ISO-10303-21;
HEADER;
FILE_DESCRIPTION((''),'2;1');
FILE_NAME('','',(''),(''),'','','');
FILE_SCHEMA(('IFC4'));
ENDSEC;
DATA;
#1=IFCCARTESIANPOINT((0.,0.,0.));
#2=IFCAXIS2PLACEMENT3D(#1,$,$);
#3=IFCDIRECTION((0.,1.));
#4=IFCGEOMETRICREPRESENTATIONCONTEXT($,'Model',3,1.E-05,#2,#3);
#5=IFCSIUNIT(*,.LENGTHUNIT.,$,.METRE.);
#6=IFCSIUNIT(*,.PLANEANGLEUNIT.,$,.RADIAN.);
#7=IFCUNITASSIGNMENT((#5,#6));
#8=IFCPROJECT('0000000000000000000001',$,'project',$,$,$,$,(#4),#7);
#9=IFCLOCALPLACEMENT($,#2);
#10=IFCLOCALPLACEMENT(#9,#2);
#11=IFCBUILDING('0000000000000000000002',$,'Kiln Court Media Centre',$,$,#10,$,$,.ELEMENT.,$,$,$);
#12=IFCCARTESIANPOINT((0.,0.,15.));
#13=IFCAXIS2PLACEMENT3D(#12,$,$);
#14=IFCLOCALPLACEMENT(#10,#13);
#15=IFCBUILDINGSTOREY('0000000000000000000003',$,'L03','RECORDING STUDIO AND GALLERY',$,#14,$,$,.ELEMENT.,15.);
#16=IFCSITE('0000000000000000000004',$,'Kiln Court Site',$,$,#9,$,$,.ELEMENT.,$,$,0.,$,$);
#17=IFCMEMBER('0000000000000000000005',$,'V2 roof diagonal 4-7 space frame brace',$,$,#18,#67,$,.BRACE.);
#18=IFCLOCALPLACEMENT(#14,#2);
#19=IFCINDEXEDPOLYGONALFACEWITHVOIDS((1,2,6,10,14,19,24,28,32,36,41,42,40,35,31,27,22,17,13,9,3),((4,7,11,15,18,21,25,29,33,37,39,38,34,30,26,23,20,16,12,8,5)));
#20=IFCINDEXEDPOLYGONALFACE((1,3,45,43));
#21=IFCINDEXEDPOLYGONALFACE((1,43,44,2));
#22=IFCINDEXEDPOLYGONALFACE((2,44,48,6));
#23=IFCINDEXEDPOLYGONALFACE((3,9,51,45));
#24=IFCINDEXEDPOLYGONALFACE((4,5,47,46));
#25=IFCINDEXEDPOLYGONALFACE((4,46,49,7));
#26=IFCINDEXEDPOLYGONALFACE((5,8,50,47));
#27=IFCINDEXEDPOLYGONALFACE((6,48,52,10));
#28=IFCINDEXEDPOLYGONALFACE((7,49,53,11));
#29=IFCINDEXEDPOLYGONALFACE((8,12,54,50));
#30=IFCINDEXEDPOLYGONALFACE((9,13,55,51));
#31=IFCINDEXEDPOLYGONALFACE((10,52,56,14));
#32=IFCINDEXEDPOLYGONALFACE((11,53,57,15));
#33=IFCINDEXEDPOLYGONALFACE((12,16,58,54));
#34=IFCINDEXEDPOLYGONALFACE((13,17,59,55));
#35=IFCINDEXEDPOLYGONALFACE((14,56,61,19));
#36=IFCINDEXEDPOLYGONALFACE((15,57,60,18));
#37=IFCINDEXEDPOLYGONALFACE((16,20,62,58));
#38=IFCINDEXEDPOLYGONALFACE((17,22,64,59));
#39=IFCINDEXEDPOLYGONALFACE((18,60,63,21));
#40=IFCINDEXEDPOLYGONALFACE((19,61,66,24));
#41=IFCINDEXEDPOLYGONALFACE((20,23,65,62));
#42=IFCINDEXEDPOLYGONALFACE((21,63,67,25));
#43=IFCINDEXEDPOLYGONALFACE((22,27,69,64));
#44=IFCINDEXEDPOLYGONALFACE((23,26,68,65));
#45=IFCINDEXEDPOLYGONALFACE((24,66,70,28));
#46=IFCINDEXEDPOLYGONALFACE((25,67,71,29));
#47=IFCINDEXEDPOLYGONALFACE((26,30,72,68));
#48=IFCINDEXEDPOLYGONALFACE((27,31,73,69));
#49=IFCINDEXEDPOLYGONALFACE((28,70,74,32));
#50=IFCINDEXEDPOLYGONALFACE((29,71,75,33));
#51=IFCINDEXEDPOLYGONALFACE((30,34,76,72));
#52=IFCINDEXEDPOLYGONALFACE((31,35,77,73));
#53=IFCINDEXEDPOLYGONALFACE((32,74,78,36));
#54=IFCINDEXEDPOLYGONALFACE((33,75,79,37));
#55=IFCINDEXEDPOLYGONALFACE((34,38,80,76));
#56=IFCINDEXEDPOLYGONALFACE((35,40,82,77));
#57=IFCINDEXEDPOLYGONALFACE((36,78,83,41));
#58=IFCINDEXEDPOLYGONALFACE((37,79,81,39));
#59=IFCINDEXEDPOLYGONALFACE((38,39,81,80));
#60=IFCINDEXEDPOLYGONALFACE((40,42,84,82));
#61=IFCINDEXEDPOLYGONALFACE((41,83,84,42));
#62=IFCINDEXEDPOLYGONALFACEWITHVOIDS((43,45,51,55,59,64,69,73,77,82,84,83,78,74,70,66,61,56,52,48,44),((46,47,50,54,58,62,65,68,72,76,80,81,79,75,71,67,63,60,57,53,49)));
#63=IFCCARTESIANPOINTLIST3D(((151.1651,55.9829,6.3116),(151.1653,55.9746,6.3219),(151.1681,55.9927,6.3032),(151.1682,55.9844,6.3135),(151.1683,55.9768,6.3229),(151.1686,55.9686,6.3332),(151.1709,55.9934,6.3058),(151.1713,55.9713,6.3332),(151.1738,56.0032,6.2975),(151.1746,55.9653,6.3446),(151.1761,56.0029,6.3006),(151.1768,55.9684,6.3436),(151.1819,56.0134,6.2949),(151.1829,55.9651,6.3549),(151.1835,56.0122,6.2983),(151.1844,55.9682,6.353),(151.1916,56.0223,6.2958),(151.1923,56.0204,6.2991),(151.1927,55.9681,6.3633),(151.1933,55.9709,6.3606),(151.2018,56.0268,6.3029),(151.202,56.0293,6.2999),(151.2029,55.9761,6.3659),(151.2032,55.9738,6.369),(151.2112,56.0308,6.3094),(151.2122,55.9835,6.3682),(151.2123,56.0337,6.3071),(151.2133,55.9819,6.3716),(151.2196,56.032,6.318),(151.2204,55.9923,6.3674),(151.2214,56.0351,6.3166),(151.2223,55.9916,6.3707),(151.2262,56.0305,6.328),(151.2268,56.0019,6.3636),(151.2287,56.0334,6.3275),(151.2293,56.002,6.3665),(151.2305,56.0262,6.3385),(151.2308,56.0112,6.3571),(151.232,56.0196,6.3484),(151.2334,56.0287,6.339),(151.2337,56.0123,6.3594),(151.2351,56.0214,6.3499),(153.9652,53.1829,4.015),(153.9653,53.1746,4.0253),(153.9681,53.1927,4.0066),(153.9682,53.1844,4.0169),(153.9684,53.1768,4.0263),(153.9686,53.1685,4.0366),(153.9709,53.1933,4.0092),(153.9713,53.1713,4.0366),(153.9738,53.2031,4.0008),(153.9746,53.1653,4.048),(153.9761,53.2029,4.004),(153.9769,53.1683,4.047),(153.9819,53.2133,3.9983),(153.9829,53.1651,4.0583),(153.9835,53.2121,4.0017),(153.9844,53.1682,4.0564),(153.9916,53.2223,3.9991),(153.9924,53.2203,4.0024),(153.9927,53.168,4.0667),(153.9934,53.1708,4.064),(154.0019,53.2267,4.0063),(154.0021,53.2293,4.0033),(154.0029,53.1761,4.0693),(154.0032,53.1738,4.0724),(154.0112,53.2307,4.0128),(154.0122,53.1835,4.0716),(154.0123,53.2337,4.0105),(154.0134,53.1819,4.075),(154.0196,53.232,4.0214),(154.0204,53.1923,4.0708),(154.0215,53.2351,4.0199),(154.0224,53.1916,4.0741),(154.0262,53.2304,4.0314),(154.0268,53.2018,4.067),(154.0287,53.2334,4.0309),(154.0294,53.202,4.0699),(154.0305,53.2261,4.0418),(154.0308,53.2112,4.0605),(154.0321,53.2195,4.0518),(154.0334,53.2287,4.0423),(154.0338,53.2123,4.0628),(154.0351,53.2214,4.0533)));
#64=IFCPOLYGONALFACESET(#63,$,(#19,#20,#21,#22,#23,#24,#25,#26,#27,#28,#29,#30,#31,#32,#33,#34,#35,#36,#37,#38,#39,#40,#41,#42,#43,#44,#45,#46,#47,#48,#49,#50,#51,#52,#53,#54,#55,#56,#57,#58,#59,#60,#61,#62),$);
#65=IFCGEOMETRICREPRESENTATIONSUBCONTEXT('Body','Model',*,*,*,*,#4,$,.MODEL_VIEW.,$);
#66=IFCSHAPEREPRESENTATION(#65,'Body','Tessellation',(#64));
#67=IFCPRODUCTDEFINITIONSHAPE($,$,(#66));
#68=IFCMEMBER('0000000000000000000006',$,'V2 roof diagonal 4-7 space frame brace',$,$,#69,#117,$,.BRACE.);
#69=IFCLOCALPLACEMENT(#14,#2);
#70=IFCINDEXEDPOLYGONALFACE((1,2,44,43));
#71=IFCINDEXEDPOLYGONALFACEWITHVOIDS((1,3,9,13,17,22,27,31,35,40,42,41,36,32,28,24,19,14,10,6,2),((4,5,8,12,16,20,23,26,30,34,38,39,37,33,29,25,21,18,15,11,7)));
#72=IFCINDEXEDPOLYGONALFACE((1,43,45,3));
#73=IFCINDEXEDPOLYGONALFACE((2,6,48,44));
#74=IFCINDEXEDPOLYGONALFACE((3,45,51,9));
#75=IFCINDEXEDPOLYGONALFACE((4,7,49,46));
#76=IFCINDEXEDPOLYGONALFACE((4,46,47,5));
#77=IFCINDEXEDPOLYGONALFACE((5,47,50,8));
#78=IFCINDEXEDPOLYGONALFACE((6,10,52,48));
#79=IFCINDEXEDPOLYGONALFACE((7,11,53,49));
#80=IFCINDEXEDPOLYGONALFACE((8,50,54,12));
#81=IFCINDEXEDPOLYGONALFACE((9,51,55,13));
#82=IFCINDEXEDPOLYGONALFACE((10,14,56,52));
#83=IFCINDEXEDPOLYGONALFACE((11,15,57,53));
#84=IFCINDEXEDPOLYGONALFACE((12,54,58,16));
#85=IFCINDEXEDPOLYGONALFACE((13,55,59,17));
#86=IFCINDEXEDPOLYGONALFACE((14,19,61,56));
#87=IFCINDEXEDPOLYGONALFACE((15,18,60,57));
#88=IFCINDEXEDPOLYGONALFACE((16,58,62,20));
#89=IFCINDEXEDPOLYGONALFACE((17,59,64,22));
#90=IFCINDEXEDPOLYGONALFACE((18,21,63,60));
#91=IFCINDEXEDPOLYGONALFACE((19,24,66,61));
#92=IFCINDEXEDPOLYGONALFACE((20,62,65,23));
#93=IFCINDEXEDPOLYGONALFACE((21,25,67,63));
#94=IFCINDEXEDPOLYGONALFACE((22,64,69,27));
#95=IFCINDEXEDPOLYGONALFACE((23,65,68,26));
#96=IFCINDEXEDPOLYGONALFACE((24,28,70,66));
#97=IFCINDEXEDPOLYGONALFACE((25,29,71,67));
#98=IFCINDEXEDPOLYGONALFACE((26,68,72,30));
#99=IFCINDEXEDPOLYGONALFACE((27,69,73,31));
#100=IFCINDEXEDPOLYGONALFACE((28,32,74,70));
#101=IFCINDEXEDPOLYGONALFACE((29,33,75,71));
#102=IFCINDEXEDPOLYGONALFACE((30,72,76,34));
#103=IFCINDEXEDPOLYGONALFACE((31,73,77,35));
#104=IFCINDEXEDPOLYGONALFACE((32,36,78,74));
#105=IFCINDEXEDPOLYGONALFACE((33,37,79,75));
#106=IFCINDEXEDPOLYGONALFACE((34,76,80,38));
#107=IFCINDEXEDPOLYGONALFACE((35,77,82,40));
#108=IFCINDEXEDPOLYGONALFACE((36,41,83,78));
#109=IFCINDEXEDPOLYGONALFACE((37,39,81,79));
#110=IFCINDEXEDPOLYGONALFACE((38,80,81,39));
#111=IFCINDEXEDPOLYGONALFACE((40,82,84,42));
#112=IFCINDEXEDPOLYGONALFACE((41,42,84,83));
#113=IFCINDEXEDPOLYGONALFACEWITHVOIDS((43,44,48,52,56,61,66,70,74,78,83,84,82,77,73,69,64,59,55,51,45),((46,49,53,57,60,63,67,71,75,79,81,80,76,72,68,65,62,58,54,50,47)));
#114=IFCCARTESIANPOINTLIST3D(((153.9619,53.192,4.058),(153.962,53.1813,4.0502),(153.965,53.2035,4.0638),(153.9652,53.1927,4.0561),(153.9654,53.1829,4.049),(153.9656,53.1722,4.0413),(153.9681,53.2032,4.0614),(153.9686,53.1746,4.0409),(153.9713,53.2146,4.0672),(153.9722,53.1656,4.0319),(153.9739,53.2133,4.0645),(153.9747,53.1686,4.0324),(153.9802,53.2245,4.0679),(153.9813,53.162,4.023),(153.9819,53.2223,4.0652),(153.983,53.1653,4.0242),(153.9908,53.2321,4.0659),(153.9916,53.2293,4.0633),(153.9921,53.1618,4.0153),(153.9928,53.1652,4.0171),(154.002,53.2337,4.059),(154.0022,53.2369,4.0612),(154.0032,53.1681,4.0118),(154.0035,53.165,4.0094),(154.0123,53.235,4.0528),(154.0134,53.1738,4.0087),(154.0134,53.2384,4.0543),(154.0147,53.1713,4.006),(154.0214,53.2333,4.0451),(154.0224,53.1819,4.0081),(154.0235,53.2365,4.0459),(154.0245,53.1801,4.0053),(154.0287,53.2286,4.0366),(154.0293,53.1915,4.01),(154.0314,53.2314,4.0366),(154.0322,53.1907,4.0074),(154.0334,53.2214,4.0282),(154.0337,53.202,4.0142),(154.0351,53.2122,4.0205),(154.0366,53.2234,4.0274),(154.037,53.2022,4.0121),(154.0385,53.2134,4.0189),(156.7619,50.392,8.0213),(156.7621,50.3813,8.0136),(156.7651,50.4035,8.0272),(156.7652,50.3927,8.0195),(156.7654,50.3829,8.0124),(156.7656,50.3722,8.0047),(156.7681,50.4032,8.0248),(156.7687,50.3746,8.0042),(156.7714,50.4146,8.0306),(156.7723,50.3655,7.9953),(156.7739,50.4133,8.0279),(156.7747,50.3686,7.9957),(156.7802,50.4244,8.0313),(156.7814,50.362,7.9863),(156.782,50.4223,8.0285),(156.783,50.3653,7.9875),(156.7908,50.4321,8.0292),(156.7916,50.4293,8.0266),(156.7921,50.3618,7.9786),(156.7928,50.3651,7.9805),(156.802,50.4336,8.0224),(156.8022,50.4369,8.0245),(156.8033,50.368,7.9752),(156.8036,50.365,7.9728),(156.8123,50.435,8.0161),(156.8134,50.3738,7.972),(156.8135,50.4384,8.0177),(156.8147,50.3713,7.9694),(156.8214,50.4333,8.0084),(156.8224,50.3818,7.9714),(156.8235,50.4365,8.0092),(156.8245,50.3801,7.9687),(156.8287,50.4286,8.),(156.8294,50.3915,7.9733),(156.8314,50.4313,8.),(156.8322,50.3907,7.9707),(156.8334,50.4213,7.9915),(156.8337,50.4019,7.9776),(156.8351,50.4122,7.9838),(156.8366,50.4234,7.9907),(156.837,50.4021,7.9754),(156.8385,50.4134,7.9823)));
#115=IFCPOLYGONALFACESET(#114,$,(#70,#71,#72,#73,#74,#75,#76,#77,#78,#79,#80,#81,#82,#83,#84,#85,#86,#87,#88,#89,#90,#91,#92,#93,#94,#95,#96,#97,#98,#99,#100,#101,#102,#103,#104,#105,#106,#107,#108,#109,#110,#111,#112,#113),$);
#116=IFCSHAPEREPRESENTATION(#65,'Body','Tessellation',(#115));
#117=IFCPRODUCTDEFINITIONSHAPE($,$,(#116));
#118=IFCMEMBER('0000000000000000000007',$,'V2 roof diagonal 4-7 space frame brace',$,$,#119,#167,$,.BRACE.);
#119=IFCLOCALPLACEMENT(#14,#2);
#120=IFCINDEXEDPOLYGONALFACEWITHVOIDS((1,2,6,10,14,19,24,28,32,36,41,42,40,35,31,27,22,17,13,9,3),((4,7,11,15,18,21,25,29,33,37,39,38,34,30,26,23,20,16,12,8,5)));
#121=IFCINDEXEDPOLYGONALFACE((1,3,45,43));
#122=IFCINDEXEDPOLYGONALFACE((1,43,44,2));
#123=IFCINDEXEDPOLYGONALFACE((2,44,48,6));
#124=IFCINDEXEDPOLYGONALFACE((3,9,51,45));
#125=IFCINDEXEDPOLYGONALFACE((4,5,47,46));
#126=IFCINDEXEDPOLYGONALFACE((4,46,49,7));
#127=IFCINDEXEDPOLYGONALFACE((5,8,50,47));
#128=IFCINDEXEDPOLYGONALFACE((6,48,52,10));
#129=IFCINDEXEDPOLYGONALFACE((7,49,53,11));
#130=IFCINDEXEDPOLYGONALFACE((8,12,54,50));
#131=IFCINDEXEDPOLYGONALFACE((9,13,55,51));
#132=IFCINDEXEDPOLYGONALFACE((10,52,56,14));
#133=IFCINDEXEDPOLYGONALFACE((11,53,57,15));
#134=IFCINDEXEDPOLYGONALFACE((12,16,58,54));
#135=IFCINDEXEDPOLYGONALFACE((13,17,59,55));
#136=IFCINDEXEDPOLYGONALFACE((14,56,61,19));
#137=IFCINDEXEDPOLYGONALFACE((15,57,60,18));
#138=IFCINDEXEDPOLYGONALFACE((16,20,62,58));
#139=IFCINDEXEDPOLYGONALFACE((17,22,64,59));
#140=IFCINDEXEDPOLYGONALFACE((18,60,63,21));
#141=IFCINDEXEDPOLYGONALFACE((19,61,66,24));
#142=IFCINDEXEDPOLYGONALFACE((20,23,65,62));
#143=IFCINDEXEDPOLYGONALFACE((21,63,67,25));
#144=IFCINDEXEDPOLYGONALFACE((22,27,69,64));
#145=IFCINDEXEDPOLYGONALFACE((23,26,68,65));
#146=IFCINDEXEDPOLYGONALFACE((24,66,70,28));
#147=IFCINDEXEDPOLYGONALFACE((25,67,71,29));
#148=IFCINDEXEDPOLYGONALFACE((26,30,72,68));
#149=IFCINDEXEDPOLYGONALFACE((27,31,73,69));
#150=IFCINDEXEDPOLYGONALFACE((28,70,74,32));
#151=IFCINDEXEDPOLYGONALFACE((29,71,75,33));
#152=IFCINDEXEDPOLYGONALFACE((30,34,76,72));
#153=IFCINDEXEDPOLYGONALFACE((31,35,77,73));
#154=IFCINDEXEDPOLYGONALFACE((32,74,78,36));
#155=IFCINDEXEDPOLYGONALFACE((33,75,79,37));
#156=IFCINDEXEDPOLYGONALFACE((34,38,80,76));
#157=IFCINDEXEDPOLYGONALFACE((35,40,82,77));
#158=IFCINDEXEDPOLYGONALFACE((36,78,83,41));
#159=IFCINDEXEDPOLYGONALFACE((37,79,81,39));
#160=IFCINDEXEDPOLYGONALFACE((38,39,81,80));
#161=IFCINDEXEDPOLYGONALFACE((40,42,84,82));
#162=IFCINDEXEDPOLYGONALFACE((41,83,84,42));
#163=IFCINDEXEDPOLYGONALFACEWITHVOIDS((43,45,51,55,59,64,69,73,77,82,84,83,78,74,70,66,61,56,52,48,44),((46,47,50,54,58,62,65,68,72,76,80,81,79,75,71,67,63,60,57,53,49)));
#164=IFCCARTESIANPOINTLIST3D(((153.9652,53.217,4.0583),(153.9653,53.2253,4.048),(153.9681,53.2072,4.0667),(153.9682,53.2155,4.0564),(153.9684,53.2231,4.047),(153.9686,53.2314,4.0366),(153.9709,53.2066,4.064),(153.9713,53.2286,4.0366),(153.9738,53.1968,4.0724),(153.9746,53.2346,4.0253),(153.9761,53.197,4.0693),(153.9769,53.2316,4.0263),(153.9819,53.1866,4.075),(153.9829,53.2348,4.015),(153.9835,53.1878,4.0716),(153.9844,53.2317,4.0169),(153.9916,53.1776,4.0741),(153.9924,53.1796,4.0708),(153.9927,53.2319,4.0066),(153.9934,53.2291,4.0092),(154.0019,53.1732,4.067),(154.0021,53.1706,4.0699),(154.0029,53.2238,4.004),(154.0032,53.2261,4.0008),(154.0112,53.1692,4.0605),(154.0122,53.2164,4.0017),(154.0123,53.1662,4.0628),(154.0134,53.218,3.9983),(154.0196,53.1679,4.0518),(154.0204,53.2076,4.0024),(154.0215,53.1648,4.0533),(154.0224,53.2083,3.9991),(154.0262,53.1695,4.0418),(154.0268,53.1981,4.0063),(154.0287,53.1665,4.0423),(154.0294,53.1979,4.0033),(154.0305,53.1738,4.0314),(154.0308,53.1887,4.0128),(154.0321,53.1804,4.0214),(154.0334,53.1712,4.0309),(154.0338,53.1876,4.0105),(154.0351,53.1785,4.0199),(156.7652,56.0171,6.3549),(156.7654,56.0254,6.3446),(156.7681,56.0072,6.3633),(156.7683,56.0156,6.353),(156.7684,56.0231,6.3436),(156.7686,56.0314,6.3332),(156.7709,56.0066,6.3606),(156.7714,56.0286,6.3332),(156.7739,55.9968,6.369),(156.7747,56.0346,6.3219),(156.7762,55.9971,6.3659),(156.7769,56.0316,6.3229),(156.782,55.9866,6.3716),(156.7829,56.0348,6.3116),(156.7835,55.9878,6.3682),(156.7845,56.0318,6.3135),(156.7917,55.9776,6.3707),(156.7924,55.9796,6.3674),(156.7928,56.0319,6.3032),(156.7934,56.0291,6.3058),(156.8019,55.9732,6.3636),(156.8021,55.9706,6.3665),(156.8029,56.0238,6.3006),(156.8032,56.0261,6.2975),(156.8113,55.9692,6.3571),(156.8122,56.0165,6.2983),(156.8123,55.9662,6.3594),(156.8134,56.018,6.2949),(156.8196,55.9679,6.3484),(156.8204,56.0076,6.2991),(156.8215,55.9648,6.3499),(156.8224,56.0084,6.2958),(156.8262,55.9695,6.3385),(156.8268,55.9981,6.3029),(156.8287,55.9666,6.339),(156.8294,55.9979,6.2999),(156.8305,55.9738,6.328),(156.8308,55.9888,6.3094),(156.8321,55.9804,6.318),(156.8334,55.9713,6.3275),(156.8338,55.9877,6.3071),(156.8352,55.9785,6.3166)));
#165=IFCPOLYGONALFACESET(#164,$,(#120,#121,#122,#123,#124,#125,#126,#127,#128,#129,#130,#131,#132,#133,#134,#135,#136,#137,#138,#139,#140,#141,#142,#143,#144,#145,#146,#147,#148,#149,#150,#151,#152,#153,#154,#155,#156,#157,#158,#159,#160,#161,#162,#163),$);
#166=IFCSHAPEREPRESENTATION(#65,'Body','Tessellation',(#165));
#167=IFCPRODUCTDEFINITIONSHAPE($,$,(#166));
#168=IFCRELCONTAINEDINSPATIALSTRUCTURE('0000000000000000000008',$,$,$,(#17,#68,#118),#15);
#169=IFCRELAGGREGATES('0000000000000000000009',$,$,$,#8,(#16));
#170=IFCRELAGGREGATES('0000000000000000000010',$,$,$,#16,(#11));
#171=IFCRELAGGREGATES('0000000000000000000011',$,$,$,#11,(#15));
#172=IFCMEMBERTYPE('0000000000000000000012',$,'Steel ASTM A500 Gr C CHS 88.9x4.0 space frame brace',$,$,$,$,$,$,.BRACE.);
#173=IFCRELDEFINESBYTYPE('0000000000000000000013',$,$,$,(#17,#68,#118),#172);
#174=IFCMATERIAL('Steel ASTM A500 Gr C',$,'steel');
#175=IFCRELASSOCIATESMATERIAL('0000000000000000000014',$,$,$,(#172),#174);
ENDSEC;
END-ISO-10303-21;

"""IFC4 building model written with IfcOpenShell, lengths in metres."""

from ifc_helpers import new_model, si_unit, direction, frame, origin, origin_2d, place, context, subcontext, project, spatial, hollow_circle, extrude, material, material_profile, profile_set, type_object, element, save


model = new_model("IFC4")

# Units and contexts
model_context = context("Model", 3, precision=1e-05, world=origin(), true_north=direction((0.0, 1.0)))
body_context = subcontext(model_context, "Body", "Model", "MODEL_VIEW")
ifc_project = project(units=[si_unit("LENGTHUNIT", "METRE"), si_unit("PLANEANGLEUNIT", "RADIAN")], contexts=[model_context])

# Site, building, storey
site_placement = place(None, origin())
site = spatial("IfcSite", under=ifc_project, at=site_placement, Name="Kiln Court Site", CompositionType="ELEMENT", RefElevation=0.0)
building_placement = place(site_placement, origin())
building = spatial("IfcBuilding", under=site, at=building_placement, Name="Kiln Court Media Centre", CompositionType="ELEMENT")
storey_placement = place(building_placement, frame((0.0, 0.0, 15.0)))
storey = spatial("IfcBuildingStorey", under=building, at=storey_placement, Name="L03", Description="RECORDING STUDIO AND GALLERY", CompositionType="ELEMENT", Elevation=15.0)

# Members
ifc_material_1 = material(Name="Steel ASTM A500 Gr C", Category="steel")
ifc_material_profile_1 = material_profile(ifc_material_1, hollow_circle(Radius=0.0444, WallThickness=0.0039, at=origin_2d()), Name="CHS 88.9x4.0")
ifc_profile_set_1 = profile_set([ifc_material_profile_1], Name="Steel ASTM A500 Gr C")
member_type_1 = type_object("IfcMemberType", Name="Steel ASTM A500 Gr C CHS 88.9x4.0 space frame brace", PredefinedType="BRACE", material=ifc_profile_set_1)
member_1_placement = place(storey_placement, frame((154.0, 53.2, 4.0366), z_axis=(-0.611676, 0.611676, 0.501703), x_axis=(-0.707107, -0.707107, 0.0)))
element("IfcMember", 1, at=member_1_placement, inside=storey, type_object=member_type_1, Name="V2 roof diagonal 4-7 space frame brace", PredefinedType="BRACE", context=body_context, shape_type="SweptSolid", body=[
    extrude(hollow_circle(Radius=0.0444, WallThickness=0.0039, at=origin_2d()), origin(), (0.0, 0.0, 1.0), 4.5776),
])
member_2_placement = place(storey_placement, frame((154.0, 53.2, 4.0366), z_axis=(0.499778, -0.499778, 0.70742), x_axis=(0.707107, 0.707107, 0.0)))
element("IfcMember", 2, at=member_2_placement, inside=storey, type_object=member_type_1, Name="V2 roof diagonal 4-7 space frame brace", PredefinedType="BRACE", context=body_context, shape_type="SweptSolid", body=[
    extrude(hollow_circle(Radius=0.0444, WallThickness=0.0039, at=origin_2d()), origin(), (0.0, 0.0, 1.0), 5.6025),
])
member_3_placement = place(storey_placement, frame((154.0, 53.2, 4.0366), z_axis=(0.611676, 0.611676, 0.501703), x_axis=(-0.707107, 0.707107, 0.0)))
element("IfcMember", 3, at=member_3_placement, inside=storey, type_object=member_type_1, Name="V2 roof diagonal 4-7 space frame brace", PredefinedType="BRACE", context=body_context, shape_type="SweptSolid", body=[
    extrude(hollow_circle(Radius=0.0444, WallThickness=0.0039, at=origin_2d()), origin(), (0.0, 0.0, 1.0), 4.5776),
])

save(model, "model.ifc")
